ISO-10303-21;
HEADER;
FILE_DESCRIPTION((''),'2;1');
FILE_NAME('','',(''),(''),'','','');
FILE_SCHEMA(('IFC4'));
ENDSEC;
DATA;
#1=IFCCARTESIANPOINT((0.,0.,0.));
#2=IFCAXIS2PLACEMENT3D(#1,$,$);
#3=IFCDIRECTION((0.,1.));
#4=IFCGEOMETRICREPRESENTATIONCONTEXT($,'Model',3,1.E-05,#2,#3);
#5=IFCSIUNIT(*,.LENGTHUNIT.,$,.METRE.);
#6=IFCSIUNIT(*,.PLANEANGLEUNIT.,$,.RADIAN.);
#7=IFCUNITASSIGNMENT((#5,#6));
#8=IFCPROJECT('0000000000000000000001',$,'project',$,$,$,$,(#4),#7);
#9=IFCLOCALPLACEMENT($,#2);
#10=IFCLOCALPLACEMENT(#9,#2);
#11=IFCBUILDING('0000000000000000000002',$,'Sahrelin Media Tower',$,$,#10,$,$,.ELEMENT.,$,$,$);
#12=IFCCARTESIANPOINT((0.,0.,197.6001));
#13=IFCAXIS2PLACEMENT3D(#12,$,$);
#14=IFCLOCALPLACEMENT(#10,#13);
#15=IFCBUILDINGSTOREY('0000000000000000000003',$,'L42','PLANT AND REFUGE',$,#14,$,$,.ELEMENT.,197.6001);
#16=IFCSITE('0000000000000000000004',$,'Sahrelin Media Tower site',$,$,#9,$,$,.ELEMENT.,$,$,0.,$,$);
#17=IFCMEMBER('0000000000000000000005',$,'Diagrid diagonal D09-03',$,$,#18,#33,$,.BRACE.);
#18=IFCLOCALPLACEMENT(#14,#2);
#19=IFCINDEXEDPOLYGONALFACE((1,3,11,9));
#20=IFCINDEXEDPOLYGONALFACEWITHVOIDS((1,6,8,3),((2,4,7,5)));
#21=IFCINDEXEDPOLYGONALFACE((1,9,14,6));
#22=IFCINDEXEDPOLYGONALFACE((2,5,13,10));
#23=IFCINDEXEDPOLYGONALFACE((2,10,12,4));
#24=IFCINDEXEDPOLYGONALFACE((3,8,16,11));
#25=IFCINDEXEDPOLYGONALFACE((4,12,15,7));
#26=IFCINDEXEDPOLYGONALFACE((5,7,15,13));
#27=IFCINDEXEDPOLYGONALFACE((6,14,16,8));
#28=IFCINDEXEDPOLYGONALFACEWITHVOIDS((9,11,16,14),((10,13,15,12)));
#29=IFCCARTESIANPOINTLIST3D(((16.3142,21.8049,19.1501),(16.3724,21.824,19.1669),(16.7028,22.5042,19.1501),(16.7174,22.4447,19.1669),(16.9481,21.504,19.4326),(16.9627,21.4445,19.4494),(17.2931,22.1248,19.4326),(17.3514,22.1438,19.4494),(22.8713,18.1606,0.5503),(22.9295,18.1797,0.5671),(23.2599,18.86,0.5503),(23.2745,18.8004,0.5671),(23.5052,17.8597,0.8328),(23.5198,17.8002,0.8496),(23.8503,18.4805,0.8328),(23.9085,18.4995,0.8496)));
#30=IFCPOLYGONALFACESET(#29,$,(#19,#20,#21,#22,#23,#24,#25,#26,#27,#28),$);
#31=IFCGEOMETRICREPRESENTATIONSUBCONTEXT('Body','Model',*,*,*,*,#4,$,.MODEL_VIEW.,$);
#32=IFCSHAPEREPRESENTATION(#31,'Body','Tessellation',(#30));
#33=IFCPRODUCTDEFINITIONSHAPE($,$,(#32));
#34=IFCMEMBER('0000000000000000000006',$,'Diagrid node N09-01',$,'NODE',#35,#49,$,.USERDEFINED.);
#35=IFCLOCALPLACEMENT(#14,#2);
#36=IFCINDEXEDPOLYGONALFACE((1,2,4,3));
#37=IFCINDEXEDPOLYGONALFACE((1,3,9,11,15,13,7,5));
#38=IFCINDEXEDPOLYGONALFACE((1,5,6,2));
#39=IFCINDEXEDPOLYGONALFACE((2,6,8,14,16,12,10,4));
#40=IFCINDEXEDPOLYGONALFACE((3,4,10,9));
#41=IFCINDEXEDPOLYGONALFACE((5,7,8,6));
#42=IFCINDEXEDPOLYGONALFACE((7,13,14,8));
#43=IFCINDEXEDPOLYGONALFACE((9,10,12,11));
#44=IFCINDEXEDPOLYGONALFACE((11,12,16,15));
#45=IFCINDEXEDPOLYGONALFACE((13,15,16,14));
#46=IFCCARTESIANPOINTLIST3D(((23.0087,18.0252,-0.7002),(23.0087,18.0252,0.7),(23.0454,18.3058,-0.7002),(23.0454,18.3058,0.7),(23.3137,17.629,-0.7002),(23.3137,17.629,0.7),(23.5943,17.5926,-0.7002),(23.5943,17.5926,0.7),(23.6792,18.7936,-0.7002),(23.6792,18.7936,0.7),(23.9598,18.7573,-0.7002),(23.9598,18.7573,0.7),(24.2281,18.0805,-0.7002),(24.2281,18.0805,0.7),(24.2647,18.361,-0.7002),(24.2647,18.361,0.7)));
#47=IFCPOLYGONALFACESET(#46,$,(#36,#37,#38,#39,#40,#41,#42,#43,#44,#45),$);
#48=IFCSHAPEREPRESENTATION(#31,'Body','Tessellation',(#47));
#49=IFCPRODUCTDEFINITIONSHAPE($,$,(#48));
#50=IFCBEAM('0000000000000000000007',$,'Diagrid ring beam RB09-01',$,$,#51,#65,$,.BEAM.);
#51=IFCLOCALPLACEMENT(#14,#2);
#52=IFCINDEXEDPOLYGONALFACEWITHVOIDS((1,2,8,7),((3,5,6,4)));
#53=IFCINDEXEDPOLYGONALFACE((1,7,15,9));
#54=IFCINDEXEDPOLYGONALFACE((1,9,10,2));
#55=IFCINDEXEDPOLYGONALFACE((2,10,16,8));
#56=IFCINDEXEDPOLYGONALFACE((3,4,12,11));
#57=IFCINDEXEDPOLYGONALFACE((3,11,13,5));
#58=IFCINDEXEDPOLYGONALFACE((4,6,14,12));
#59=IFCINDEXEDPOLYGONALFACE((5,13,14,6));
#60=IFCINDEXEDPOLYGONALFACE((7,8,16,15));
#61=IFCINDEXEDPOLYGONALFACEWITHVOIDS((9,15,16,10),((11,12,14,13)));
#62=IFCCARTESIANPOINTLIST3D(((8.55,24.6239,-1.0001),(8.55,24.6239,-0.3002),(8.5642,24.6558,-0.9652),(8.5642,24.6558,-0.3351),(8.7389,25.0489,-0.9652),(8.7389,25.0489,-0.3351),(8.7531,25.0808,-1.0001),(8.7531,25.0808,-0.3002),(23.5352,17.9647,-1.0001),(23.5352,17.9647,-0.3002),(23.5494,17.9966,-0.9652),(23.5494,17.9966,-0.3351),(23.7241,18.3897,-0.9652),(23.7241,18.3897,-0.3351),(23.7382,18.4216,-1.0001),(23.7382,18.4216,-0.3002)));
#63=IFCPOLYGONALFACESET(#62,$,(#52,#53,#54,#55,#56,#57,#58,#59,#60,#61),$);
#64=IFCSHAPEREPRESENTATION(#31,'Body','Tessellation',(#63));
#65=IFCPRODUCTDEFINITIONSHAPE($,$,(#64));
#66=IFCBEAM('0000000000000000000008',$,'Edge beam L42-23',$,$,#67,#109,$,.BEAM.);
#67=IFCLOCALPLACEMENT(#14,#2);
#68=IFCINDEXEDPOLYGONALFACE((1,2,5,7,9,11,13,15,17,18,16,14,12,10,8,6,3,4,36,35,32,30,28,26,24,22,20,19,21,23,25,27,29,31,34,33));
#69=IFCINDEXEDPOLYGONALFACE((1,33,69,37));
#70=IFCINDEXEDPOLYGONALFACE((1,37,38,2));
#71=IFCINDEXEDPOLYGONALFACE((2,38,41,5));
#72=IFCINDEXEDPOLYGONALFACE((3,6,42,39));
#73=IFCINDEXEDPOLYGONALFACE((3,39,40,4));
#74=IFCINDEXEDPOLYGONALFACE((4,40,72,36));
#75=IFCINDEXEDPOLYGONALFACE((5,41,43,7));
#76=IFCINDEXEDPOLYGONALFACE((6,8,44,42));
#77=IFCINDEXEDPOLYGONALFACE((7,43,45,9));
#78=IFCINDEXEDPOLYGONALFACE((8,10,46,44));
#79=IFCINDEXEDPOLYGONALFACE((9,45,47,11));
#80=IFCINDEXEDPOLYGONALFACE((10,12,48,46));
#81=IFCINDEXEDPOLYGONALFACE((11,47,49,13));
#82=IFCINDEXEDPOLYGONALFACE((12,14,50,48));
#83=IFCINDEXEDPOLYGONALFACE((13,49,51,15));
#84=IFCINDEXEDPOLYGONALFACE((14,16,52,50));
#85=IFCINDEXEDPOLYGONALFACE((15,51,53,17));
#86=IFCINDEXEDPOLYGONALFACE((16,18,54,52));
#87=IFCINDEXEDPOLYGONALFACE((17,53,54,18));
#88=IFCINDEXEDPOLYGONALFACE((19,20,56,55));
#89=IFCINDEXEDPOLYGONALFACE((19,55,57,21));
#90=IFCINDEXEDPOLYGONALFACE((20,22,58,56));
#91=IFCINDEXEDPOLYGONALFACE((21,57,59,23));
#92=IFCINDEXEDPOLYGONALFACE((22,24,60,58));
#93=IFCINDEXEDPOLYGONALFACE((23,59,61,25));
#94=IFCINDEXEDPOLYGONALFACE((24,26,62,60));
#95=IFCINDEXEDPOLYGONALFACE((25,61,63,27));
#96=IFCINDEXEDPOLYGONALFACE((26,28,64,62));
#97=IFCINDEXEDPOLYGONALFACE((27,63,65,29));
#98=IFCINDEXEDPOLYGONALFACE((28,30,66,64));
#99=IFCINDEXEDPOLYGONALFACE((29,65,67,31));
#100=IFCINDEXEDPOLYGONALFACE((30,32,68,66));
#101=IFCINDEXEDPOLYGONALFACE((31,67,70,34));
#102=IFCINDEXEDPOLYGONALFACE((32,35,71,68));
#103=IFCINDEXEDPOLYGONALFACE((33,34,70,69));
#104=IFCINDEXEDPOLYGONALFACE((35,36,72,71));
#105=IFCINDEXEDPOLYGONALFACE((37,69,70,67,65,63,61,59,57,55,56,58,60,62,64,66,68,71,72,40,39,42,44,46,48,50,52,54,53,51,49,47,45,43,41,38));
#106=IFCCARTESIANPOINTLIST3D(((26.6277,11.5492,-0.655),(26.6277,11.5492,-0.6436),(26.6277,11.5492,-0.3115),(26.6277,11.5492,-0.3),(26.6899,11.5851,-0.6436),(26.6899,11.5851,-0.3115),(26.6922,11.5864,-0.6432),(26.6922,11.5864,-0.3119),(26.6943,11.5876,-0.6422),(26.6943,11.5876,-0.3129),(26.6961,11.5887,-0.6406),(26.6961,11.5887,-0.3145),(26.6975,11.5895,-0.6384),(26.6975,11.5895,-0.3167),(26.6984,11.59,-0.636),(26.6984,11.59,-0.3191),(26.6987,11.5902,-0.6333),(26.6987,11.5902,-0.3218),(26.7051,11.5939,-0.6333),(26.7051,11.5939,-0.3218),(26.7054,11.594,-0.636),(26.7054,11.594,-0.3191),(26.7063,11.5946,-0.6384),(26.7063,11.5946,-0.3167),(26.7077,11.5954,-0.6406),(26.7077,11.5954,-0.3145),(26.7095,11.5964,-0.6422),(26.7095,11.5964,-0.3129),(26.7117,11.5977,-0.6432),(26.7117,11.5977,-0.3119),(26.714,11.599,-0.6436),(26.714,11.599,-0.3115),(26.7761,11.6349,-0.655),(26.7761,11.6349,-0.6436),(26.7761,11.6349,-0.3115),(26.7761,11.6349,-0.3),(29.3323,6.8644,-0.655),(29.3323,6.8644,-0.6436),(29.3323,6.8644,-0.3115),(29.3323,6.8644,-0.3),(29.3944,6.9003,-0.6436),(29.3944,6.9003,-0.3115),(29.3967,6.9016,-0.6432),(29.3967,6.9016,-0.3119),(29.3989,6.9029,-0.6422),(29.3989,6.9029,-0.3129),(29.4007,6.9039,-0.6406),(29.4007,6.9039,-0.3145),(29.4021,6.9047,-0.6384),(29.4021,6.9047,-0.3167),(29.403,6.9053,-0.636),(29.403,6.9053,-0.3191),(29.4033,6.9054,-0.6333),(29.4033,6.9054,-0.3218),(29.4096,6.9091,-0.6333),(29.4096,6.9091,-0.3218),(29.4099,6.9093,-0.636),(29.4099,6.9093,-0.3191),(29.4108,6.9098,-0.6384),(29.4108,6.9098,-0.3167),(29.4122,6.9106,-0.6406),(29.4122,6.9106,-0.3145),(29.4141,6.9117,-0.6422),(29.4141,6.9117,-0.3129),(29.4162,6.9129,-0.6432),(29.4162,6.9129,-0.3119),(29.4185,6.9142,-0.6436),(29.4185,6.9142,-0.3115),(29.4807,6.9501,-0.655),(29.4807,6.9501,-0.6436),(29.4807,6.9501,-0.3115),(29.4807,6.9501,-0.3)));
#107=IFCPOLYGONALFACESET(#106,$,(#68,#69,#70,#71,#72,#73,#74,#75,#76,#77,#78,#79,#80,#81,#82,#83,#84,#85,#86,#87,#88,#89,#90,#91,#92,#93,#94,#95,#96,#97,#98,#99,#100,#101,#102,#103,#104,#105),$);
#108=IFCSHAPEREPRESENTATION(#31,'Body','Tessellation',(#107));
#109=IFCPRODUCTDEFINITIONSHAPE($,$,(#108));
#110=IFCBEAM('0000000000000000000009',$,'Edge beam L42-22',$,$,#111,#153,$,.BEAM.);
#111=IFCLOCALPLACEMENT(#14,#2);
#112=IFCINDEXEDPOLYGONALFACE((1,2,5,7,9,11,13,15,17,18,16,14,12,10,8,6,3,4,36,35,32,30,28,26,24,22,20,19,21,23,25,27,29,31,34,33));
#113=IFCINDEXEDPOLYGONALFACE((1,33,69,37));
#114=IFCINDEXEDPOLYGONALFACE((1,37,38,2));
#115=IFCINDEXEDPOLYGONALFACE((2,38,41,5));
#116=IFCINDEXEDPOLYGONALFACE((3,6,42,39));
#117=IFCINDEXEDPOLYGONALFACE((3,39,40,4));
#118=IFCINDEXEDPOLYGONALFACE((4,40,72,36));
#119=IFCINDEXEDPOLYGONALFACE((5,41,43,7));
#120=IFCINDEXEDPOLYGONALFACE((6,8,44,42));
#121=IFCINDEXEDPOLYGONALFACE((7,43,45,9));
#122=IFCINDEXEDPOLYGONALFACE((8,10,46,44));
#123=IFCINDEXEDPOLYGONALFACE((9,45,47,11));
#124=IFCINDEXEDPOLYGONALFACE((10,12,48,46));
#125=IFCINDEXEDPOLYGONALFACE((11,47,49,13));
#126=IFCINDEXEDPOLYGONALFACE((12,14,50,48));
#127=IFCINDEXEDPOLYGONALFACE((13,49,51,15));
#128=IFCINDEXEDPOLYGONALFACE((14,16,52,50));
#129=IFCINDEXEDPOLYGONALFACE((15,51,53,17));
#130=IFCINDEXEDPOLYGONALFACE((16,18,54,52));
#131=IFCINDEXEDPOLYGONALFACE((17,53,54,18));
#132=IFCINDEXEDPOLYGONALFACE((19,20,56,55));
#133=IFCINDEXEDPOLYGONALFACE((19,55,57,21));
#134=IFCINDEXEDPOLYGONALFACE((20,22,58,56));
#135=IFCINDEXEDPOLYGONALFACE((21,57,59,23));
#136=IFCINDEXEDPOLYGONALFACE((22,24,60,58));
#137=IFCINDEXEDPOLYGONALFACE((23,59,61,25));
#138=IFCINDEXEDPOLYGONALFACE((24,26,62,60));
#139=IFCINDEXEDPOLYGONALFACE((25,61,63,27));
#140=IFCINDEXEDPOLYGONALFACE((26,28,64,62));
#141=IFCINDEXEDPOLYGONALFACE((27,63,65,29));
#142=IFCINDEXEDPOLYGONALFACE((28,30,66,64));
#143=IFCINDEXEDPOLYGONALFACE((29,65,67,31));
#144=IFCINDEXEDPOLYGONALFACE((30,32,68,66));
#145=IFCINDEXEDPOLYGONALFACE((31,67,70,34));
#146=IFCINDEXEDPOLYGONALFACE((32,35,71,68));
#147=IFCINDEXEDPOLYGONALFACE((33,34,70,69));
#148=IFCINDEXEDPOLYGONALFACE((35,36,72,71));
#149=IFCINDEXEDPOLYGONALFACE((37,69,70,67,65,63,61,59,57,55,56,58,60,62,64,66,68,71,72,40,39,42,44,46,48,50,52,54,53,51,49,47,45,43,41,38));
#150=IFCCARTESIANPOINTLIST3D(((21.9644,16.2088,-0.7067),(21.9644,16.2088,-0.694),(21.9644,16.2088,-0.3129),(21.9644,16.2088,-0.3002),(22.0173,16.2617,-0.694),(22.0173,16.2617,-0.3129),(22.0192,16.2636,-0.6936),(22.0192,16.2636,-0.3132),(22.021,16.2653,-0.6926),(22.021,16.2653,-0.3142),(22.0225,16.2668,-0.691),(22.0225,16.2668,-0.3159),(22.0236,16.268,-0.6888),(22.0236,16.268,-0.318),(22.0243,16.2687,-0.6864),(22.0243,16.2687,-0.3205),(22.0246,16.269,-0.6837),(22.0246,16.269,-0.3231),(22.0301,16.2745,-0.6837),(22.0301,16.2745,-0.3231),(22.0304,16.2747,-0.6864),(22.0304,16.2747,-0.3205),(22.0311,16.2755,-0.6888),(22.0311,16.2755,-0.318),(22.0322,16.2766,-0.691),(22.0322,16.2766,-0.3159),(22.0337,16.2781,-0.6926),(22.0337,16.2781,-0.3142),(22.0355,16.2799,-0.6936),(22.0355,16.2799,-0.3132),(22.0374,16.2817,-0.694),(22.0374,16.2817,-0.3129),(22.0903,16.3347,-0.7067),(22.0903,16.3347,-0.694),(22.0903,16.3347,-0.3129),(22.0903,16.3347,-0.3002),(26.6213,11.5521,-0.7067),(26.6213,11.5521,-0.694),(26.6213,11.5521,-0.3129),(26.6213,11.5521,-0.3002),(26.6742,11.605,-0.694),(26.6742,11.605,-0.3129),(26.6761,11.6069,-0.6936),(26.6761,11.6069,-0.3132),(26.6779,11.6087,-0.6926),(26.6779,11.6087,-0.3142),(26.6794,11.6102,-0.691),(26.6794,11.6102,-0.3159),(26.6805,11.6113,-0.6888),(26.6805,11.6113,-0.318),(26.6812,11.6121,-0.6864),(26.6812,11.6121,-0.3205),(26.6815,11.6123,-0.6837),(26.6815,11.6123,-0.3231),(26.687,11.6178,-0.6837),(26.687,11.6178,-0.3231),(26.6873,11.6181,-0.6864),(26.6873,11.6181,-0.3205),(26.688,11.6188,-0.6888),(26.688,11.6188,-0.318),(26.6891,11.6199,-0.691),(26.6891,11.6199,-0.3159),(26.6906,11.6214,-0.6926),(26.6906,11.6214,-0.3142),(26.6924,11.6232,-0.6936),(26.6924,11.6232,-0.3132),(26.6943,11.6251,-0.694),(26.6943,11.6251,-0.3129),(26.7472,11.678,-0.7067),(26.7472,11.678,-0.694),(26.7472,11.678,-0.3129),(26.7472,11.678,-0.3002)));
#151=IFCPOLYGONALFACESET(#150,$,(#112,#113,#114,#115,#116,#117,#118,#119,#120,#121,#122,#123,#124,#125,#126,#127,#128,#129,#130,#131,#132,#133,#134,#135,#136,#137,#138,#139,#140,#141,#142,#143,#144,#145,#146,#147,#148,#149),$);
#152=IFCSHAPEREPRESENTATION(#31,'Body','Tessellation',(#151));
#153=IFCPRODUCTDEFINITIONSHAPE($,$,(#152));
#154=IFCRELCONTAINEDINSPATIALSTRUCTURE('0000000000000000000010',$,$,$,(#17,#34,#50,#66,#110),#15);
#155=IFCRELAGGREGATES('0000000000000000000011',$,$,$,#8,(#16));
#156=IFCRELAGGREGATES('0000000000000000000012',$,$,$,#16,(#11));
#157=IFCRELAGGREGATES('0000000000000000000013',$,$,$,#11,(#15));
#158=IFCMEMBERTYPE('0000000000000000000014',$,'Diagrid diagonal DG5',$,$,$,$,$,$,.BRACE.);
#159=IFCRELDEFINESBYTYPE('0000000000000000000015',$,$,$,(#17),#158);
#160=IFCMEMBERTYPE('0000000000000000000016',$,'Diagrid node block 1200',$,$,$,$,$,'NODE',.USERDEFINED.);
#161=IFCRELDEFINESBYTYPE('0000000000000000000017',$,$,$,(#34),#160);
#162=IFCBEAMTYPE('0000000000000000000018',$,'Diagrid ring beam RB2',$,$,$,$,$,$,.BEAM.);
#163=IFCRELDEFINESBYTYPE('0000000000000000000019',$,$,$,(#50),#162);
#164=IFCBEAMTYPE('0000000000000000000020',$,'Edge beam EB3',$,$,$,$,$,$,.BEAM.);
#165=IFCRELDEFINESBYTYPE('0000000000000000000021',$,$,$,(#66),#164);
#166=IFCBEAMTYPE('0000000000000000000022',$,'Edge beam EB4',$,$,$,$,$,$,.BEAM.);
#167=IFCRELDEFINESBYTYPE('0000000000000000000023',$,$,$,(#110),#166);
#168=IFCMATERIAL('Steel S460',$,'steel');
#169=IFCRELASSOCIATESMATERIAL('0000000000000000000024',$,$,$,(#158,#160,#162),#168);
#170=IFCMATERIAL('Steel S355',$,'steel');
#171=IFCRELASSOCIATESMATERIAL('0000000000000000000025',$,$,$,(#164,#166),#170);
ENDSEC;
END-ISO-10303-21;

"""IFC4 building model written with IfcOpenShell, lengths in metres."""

from ifc_helpers import new_model, si_unit, direction, frame, origin, origin_2d, place, context, subcontext, project, spatial, polyline, hollow_rectangle, i_section, outline, extrude, material, material_profile, profile_set, type_object, element, save


model = new_model("IFC4")

# Units and contexts
model_context = context("Model", 3, precision=1e-05, world=origin(), true_north=direction((0.0, 1.0)))
body_context = subcontext(model_context, "Body", "Model", "MODEL_VIEW")
ifc_project = project(units=[si_unit("LENGTHUNIT", "METRE"), si_unit("PLANEANGLEUNIT", "RADIAN")], contexts=[model_context])

# Site, building, storey
site_placement = place(None, origin())
site = spatial("IfcSite", under=ifc_project, at=site_placement, Name="Sahrelin Media Tower site", CompositionType="ELEMENT", RefElevation=0.0)
building_placement = place(site_placement, origin())
building = spatial("IfcBuilding", under=site, at=building_placement, Name="Sahrelin Media Tower", CompositionType="ELEMENT")
storey_placement = place(building_placement, frame((0.0, 0.0, 197.6001)))
storey = spatial("IfcBuildingStorey", under=building, at=storey_placement, Name="L42", Description="PLANT AND REFUGE", CompositionType="ELEMENT", Elevation=197.6001)

# Members
ifc_material_1 = material(Name="Steel S460", Category="steel")
ifc_material_profile_1 = material_profile(ifc_material_1, hollow_rectangle(XDim=0.8, YDim=0.8, WallThickness=0.0449, at=origin_2d()), Name="Diagrid diagonal DG5")
ifc_profile_set_1 = profile_set([ifc_material_profile_1], Name="Steel S460")
member_type_1 = type_object("IfcMemberType", Name="Diagrid diagonal DG5", PredefinedType="BRACE", material=ifc_profile_set_1)
member_1_placement = place(storey_placement, frame((23.3899, 18.3301, 0.7), z_axis=(-0.326946, 0.181708, 0.92741), x_axis=(-0.485789, -0.874076, 0.0)))
element("IfcMember", 1, at=member_1_placement, inside=storey, type_object=member_type_1, Name="Diagrid diagonal D09-03", PredefinedType="BRACE", context=body_context, shape_type="SweptSolid", body=[
    extrude(hollow_rectangle(XDim=0.8, YDim=0.8, WallThickness=0.0449, at=origin_2d()), origin(), (0.0, 0.0, 1.0), 20.0557),
])
ifc_material_profile_2 = material_profile(ifc_material_1, outline(polyline([(0.3999, -0.45), (0.6001, -0.25), (0.6001, 0.25), (0.3999, 0.45), (-0.3999, 0.45), (-0.6001, 0.25), (-0.6001, -0.25), (-0.3999, -0.45), (0.3999, -0.45)])), Name="Diagrid node block 1200")
ifc_profile_set_2 = profile_set([ifc_material_profile_2], Name="Steel S460")
member_type_2 = type_object("IfcMemberType", Name="Diagrid node block 1200", ElementType="NODE", PredefinedType="USERDEFINED", material=ifc_profile_set_2)
member_2_placement = place(storey_placement, frame((23.6367, 18.1931, -0.7002), z_axis=(0.0, 0.0, 1.0), x_axis=(0.792446, 0.609942, 0.0)))
element("IfcMember", 2, at=member_2_placement, inside=storey, type_object=member_type_2, Name="Diagrid node N09-01", ObjectType="NODE", PredefinedType="USERDEFINED", context=body_context, shape_type="SweptSolid", body=[
    extrude(outline(polyline([(0.3999, -0.45), (0.6001, -0.25), (0.6001, 0.25), (0.3999, 0.45), (-0.3999, 0.45), (-0.6001, 0.25), (-0.6001, -0.25), (-0.3999, -0.45), (0.3999, -0.45)])), origin(), (0.0, 0.0, 1.0), 1.4001),
])

# Beams
ifc_material_profile_3 = material_profile(ifc_material_1, hollow_rectangle(XDim=0.5, YDim=0.7, WallThickness=0.0349, at=origin_2d()), Name="Diagrid ring beam RB2")
ifc_profile_set_3 = profile_set([ifc_material_profile_3], Name="Steel S460")
beam_type_1 = type_object("IfcBeamType", Name="Diagrid ring beam RB2", PredefinedType="BEAM", material=ifc_profile_set_3)
beam_1_placement = place(storey_placement, frame((23.6367, 18.1931, -0.6501), z_axis=(-0.913831, 0.406094, 0.0), x_axis=(-0.406094, -0.913831, 0.0)))
element("IfcBeam", 3, at=beam_1_placement, inside=storey, type_object=beam_type_1, Name="Diagrid ring beam RB09-01", PredefinedType="BEAM", context=body_context, shape_type="SweptSolid", body=[
    extrude(hollow_rectangle(XDim=0.5, YDim=0.7, WallThickness=0.0349, at=origin_2d()), origin(), (0.0, 0.0, 1.0), 16.3982),
])
ifc_material_2 = material(Name="Steel S355", Category="steel")
ifc_material_profile_4 = material_profile(ifc_material_2, i_section(OverallWidth=0.1714, OverallDepth=0.355, WebThickness=0.0073, FlangeThickness=0.0115, FilletRadius=0.0103, at=origin_2d()), Name="UB 356x171x51")
ifc_profile_set_4 = profile_set([ifc_material_profile_4], Name="Steel S355")
beam_type_2 = type_object("IfcBeamType", Name="Edge beam EB3", PredefinedType="BEAM", material=ifc_profile_set_4)
beam_2_placement = place(storey_placement, frame((26.7019, 11.592, -0.4775), z_axis=(0.499974, -0.866041, 0.0), x_axis=(0.866041, 0.499974, 0.0)))
element("IfcBeam", 4, at=beam_2_placement, inside=storey, type_object=beam_type_2, Name="Edge beam L42-23", PredefinedType="BEAM", context=body_context, shape_type="SweptSolid", body=[
    extrude(i_section(OverallWidth=0.1714, OverallDepth=0.355, WebThickness=0.0073, FlangeThickness=0.0115, FilletRadius=0.0103, at=origin_2d()), origin(), (0.0, 0.0, 1.0), 5.4094),
])
ifc_material_profile_5 = material_profile(ifc_material_2, i_section(OverallWidth=0.178, OverallDepth=0.4065, WebThickness=0.0078, FlangeThickness=0.0127, FilletRadius=0.0103, at=origin_2d()), Name="UB 406x178x60")
ifc_profile_set_5 = profile_set([ifc_material_profile_5], Name="Steel S355")
beam_type_3 = type_object("IfcBeamType", Name="Edge beam EB4", PredefinedType="BEAM", material=ifc_profile_set_5)
beam_3_placement = place(storey_placement, frame((22.0273, 16.2717, -0.5034), z_axis=(0.707125, -0.707088, 0.0), x_axis=(0.707088, 0.707125, 0.0)))
element("IfcBeam", 5, at=beam_3_placement, inside=storey, type_object=beam_type_3, Name="Edge beam L42-22", PredefinedType="BEAM", context=body_context, shape_type="SweptSolid", body=[
    extrude(i_section(OverallWidth=0.178, OverallDepth=0.4065, WebThickness=0.0078, FlangeThickness=0.0127, FilletRadius=0.0103, at=origin_2d()), origin(), (0.0, 0.0, 1.0), 6.5857),
])

save(model, "model.ifc")
